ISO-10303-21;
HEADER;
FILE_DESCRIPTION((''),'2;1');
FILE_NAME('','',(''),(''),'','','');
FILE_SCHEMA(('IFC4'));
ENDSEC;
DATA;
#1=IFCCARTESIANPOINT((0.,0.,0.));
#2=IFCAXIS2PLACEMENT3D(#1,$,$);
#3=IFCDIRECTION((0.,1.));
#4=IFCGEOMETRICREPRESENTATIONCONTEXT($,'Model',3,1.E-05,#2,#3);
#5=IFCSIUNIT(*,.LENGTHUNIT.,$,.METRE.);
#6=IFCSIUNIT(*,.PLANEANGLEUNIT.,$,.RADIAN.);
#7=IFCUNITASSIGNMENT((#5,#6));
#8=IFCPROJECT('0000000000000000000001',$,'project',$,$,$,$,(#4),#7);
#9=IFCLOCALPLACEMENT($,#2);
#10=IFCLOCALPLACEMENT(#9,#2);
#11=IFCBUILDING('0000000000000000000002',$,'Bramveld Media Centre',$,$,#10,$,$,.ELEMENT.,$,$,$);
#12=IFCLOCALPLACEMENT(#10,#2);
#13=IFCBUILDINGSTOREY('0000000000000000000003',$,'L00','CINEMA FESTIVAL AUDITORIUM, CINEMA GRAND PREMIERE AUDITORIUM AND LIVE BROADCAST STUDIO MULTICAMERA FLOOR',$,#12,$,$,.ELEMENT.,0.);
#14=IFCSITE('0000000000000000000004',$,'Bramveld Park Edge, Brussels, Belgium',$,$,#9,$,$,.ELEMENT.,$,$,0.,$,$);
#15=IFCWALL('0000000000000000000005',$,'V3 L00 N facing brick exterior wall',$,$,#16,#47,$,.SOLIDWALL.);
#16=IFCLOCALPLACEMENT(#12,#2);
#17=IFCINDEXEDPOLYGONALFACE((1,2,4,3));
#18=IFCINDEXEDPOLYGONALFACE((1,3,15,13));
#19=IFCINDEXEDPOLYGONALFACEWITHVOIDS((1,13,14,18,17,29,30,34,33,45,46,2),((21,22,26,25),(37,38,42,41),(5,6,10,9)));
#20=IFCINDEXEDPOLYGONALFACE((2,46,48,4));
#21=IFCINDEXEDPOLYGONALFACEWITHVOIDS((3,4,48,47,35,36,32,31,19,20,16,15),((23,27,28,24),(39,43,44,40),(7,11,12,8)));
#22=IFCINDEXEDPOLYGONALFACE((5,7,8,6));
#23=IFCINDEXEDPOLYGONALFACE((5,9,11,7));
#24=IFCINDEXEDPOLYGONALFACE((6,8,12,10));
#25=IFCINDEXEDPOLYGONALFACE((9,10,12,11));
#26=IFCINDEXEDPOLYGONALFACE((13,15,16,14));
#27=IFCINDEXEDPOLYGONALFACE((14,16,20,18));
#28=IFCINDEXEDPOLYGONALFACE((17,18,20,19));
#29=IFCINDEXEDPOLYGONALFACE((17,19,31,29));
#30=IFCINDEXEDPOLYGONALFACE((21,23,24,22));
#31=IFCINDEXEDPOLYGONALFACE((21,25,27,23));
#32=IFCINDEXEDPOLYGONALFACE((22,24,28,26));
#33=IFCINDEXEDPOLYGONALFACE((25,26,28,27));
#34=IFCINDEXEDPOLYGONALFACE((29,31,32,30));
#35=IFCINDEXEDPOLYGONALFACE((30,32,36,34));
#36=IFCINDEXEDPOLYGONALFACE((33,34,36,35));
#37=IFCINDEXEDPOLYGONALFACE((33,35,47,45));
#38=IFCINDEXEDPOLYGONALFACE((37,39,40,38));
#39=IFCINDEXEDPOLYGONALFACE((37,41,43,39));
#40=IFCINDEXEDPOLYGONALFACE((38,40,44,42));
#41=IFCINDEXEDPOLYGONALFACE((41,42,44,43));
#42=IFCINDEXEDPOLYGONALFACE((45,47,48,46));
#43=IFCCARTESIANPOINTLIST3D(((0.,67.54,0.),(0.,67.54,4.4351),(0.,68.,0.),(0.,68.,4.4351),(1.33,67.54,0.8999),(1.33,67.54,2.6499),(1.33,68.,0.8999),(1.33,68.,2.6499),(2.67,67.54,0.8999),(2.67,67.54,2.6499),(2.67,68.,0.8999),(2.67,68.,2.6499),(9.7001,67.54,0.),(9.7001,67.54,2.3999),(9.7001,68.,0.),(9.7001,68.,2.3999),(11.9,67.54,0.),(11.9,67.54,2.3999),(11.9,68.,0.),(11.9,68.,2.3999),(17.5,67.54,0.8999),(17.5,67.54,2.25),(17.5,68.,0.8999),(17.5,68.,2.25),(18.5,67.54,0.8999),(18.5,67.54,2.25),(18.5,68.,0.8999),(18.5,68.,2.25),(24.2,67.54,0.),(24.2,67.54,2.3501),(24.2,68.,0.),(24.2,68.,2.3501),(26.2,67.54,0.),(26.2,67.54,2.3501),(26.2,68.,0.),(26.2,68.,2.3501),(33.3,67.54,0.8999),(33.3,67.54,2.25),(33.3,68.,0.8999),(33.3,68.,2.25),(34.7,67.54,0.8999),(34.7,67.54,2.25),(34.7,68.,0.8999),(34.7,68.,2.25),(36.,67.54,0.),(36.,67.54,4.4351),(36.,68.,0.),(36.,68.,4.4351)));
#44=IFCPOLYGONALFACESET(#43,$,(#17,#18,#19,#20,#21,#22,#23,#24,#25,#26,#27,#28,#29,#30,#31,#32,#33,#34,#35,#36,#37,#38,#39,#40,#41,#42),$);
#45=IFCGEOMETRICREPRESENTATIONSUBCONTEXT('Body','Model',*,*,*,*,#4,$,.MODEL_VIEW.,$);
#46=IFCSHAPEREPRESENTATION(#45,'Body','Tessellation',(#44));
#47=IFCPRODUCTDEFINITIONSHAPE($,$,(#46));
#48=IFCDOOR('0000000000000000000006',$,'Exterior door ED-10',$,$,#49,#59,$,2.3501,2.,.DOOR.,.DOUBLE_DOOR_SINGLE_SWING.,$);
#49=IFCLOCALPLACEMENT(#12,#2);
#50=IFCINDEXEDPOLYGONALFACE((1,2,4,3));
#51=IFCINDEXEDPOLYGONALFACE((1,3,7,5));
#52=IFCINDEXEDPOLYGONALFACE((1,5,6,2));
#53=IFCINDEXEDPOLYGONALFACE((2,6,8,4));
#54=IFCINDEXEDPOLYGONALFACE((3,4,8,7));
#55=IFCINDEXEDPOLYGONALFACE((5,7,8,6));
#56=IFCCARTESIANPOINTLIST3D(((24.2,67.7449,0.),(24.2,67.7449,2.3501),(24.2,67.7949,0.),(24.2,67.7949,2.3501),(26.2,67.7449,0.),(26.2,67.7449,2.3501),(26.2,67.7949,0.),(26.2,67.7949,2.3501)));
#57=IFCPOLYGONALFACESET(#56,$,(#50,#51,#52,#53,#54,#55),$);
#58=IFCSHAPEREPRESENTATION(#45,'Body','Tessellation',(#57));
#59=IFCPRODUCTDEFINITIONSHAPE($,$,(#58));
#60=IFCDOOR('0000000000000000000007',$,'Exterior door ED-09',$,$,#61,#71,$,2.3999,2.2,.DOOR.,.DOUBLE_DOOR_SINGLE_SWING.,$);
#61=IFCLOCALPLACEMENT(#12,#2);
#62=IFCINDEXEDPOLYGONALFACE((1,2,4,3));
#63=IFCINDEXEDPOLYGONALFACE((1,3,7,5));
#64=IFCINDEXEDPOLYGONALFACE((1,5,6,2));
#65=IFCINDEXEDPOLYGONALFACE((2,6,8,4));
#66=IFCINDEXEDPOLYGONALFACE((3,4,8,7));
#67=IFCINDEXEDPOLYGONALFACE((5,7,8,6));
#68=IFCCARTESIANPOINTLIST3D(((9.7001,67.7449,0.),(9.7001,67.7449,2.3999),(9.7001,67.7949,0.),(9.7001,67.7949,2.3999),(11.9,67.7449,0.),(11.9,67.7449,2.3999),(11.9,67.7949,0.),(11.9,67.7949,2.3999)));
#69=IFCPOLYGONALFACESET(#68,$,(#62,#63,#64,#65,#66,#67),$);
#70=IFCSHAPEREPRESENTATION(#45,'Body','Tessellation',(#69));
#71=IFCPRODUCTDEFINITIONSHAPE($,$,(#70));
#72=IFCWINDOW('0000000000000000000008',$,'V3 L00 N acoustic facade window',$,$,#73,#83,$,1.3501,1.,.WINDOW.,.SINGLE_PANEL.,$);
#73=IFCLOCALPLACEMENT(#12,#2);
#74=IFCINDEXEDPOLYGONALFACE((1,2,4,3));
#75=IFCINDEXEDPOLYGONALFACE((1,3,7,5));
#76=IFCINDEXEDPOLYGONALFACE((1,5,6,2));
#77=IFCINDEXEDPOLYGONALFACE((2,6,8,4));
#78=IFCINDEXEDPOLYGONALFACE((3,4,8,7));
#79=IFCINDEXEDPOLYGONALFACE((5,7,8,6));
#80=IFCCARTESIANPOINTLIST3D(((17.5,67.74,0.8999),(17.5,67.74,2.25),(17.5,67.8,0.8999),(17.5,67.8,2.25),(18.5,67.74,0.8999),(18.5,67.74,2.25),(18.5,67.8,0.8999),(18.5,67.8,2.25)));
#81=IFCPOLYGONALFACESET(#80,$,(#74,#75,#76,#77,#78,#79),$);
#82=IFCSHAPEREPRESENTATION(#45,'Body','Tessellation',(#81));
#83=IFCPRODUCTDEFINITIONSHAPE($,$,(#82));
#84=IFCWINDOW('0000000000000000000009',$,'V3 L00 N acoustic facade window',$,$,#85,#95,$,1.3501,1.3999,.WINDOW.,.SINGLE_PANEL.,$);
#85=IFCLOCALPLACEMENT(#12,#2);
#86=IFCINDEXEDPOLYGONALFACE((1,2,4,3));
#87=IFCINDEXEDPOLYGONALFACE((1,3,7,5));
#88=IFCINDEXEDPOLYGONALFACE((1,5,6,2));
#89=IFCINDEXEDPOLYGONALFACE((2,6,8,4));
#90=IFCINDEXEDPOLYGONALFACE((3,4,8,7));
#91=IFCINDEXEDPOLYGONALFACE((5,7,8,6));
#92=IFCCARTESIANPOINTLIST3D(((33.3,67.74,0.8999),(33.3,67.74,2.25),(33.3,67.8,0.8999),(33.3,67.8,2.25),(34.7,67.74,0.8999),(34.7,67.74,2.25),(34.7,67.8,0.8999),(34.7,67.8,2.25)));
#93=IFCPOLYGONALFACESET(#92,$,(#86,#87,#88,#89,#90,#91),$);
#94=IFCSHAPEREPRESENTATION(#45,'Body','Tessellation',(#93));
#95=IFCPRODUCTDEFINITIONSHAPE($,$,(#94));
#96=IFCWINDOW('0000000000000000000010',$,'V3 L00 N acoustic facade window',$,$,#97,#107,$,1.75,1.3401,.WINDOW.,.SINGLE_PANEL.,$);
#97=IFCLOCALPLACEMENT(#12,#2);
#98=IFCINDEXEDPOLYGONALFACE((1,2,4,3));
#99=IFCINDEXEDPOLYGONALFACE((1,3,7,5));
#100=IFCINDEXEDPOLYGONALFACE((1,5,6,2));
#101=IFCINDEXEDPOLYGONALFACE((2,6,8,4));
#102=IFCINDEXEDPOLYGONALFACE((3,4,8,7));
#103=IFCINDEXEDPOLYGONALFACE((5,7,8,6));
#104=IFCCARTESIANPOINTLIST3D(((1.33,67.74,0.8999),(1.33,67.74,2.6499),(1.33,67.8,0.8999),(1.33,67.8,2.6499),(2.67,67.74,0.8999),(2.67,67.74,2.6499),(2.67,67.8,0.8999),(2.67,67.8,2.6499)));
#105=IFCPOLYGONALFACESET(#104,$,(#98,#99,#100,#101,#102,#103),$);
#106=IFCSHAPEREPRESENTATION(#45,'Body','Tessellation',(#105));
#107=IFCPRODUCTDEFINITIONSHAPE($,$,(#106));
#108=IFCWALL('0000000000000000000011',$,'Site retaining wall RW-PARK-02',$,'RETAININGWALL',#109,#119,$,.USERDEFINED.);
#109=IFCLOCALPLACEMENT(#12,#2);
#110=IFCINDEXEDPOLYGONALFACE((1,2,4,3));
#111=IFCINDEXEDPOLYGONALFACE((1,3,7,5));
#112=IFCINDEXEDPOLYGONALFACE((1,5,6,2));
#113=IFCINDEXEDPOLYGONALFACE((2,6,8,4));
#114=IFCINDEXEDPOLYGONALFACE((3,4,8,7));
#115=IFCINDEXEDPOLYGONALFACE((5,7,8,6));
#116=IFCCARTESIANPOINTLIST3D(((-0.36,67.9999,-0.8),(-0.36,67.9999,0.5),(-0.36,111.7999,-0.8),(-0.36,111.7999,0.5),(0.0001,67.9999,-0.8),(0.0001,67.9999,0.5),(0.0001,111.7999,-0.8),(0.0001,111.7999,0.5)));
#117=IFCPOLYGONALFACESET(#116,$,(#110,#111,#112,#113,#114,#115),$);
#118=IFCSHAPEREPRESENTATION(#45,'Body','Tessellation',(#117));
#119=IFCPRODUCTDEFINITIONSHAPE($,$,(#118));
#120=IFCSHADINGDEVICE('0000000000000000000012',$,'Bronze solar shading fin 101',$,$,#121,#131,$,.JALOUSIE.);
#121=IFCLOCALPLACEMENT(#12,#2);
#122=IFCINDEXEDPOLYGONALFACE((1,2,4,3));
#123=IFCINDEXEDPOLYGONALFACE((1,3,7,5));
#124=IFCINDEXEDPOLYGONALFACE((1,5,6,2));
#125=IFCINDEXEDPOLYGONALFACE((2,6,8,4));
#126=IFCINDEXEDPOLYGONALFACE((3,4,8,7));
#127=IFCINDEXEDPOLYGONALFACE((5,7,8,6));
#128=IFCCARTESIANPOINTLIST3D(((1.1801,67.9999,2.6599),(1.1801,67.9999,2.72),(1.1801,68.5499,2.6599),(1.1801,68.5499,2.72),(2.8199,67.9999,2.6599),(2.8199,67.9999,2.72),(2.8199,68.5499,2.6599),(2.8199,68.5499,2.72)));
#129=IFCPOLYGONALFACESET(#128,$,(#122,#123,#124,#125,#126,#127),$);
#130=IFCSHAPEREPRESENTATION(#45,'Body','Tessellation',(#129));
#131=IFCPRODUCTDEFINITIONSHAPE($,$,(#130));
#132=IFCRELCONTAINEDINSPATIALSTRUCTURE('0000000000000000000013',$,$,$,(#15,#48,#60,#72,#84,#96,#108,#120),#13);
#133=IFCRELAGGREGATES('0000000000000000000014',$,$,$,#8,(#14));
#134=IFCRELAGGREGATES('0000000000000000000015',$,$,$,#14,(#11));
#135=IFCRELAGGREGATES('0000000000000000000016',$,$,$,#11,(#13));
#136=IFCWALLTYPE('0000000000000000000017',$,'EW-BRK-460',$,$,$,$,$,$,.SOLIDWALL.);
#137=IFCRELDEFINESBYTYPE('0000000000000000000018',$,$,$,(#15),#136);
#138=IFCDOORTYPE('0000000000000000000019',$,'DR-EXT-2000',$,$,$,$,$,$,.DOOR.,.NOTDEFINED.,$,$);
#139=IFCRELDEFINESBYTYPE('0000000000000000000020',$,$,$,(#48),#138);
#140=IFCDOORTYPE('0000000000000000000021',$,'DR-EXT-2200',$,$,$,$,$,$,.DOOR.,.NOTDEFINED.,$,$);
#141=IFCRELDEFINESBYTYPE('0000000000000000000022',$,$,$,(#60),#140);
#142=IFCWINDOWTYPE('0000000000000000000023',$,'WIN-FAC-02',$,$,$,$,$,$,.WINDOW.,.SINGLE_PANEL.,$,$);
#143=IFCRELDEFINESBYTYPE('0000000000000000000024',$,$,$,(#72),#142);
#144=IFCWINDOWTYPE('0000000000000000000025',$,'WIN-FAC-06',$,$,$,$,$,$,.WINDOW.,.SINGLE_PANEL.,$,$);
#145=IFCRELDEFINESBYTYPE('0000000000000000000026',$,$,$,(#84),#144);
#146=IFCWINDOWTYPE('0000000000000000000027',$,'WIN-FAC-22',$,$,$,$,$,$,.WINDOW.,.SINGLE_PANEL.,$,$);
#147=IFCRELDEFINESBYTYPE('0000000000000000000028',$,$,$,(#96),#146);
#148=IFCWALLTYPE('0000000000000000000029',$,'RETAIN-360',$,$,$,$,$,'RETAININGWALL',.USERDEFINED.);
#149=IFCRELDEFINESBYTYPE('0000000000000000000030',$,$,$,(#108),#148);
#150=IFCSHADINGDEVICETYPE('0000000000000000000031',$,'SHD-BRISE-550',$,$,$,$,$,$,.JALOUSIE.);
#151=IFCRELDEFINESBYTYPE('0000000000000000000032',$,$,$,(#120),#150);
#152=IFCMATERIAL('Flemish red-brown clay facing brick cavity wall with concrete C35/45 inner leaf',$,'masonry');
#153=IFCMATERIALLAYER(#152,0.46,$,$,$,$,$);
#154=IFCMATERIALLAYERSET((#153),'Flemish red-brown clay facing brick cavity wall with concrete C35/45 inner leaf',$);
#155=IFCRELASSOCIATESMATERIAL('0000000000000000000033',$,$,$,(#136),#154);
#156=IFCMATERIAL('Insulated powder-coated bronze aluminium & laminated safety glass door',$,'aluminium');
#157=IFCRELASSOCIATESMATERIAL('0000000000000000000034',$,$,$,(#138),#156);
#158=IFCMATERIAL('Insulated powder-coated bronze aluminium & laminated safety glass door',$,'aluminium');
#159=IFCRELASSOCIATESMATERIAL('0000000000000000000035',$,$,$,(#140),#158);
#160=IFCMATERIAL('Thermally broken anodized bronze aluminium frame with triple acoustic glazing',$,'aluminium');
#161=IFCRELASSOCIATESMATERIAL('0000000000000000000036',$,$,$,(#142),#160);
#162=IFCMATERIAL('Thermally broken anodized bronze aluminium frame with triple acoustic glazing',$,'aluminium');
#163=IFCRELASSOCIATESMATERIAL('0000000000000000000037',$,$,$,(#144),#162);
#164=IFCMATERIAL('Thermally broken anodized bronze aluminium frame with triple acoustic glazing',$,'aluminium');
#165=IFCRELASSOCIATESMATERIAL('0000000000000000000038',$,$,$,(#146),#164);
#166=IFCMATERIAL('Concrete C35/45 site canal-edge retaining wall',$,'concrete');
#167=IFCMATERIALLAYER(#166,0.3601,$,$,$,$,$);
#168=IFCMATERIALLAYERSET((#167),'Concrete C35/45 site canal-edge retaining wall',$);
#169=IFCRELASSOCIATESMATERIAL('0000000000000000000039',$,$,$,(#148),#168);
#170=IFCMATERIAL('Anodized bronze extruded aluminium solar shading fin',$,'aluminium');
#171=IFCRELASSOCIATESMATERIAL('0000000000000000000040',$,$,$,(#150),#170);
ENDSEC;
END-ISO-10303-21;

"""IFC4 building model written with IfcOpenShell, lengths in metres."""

from ifc_helpers import new_model, si_unit, direction, frame, frame_2d, origin, origin_2d, place, context, subcontext, project, spatial, rectangle, extrude, material, layer, layer_set, type_object, element, fill, save


model = new_model("IFC4")

# Units and contexts
model_context = context("Model", 3, precision=1e-05, world=origin(), true_north=direction((0.0, 1.0)))
body_context = subcontext(model_context, "Body", "Model", "MODEL_VIEW")
ifc_project = project(units=[si_unit("LENGTHUNIT", "METRE"), si_unit("PLANEANGLEUNIT", "RADIAN")], contexts=[model_context])

# Site, building, storey
site_placement = place(None, origin())
site = spatial("IfcSite", under=ifc_project, at=site_placement, Name="Bramveld Park Edge, Brussels, Belgium", CompositionType="ELEMENT", RefElevation=0.0)
building_placement = place(site_placement, origin())
building = spatial("IfcBuilding", under=site, at=building_placement, Name="Bramveld Media Centre", CompositionType="ELEMENT")
storey_placement = place(building_placement, origin())
storey = spatial("IfcBuildingStorey", under=building, at=storey_placement, Name="L00", Description="CINEMA FESTIVAL AUDITORIUM, CINEMA GRAND PREMIERE AUDITORIUM AND LIVE BROADCAST STUDIO MULTICAMERA FLOOR", CompositionType="ELEMENT", Elevation=0.0)

# Wall, openings, doors, windows
ifc_material_1 = material(Name="Flemish red-brown clay facing brick cavity wall with concrete C35/45 inner leaf", Category="masonry")
ifc_layer_1 = layer(ifc_material_1, 0.46)
ifc_layer_set_1 = layer_set([ifc_layer_1], Name="Flemish red-brown clay facing brick cavity wall with concrete C35/45 inner leaf")
wall_type_1 = type_object("IfcWallType", Name="EW-BRK-460", PredefinedType="SOLIDWALL", material=ifc_layer_set_1)
wall_1_placement = place(storey_placement, frame((0.0, 67.77, 0.0), z_axis=(0.0, 0.0, 1.0), x_axis=(1.0, 0.0, 0.0)))
wall_1 = element("IfcWall", 1, at=wall_1_placement, inside=storey, type_object=wall_type_1, Name="V3 L00 N facing brick exterior wall", PredefinedType="SOLIDWALL", context=body_context, shape_type="SweptSolid", body=[
    extrude(rectangle(XDim=36.0, YDim=0.46, at=frame_2d((18.0, 0.0))), origin(), (0.0, 0.0, 1.0), 4.4351),
])
opening_1_placement = place(wall_1_placement, frame((9.7, 0.0, 0.0)))
opening_1 = element("IfcOpeningElement", 2, at=opening_1_placement, cuts=wall_1, PredefinedType="OPENING", context=body_context, shape_type="SweptSolid", body=[
    extrude(rectangle(XDim=2.2, YDim=2.3999, at=frame_2d((1.1001, 1.2))), frame((0.0, 0.2419, 0.0), z_axis=(0.0, -1.0, 0.0), x_axis=(1.0, 0.0, 0.0)), (0.0, 0.0, 1.0), 0.4839),
])
opening_2_placement = place(wall_1_placement, frame((24.2, 0.0, 0.0)))
opening_2 = element("IfcOpeningElement", 3, at=opening_2_placement, cuts=wall_1, PredefinedType="OPENING", context=body_context, shape_type="SweptSolid", body=[
    extrude(rectangle(XDim=2.0, YDim=2.3501, at=frame_2d((1.0, 1.175))), frame((0.0, 0.2419, 0.0), z_axis=(0.0, -1.0, 0.0), x_axis=(1.0, 0.0, 0.0)), (0.0, 0.0, 1.0), 0.4839),
])
opening_3_placement = place(wall_1_placement, frame((1.3301, 0.0, 0.8999)))
opening_3 = element("IfcOpeningElement", 4, at=opening_3_placement, cuts=wall_1, PredefinedType="OPENING", context=body_context, shape_type="SweptSolid", body=[
    extrude(rectangle(XDim=1.3401, YDim=1.75, at=frame_2d((0.6699, 0.875))), frame((0.0, 0.2419, 0.0), z_axis=(0.0, -1.0, 0.0), x_axis=(1.0, 0.0, 0.0)), (0.0, 0.0, 1.0), 0.4839),
])
opening_4_placement = place(wall_1_placement, frame((17.5, 0.0, 0.8999)))
opening_4 = element("IfcOpeningElement", 5, at=opening_4_placement, cuts=wall_1, PredefinedType="OPENING", context=body_context, shape_type="SweptSolid", body=[
    extrude(rectangle(XDim=1.0, YDim=1.3501, at=frame_2d((0.5, 0.675))), frame((0.0, 0.2419, 0.0), z_axis=(0.0, -1.0, 0.0), x_axis=(1.0, 0.0, 0.0)), (0.0, 0.0, 1.0), 0.4839),
])
opening_5_placement = place(wall_1_placement, frame((33.3, 0.0, 0.8999)))
opening_5 = element("IfcOpeningElement", 6, at=opening_5_placement, cuts=wall_1, PredefinedType="OPENING", context=body_context, shape_type="SweptSolid", body=[
    extrude(rectangle(XDim=1.3999, YDim=1.3501, at=frame_2d((0.7, 0.675))), frame((0.0, 0.2419, 0.0), z_axis=(0.0, -1.0, 0.0), x_axis=(1.0, 0.0, 0.0)), (0.0, 0.0, 1.0), 0.4839),
])
ifc_material_2 = material(Name="Insulated powder-coated bronze aluminium & laminated safety glass door", Category="aluminium")
door_type_1 = type_object("IfcDoorType", Name="DR-EXT-2000", OperationType="NOTDEFINED", PredefinedType="DOOR", material=ifc_material_2)
door_1_placement = place(opening_2_placement, origin())
door_1 = element("IfcDoor", 7, at=door_1_placement, inside=storey, type_object=door_type_1, Name="Exterior door ED-10", OperationType="DOUBLE_DOOR_SINGLE_SWING", OverallHeight=2.3501, OverallWidth=2.0, PredefinedType="DOOR", context=body_context, shape_type="SweptSolid", body=[
    extrude(rectangle(XDim=2.0, YDim=2.3501, at=frame_2d((1.0, 1.175))), frame((0.0, 0.0249, 0.0), z_axis=(0.0, -1.0, 0.0), x_axis=(1.0, 0.0, 0.0)), (0.0, 0.0, 1.0), 0.05),
])
fill(opening_2, door_1)
ifc_material_3 = material(Name="Insulated powder-coated bronze aluminium & laminated safety glass door", Category="aluminium")
door_type_2 = type_object("IfcDoorType", Name="DR-EXT-2200", OperationType="NOTDEFINED", PredefinedType="DOOR", material=ifc_material_3)
door_2_placement = place(opening_1_placement, origin())
door_2 = element("IfcDoor", 8, at=door_2_placement, inside=storey, type_object=door_type_2, Name="Exterior door ED-09", OperationType="DOUBLE_DOOR_SINGLE_SWING", OverallHeight=2.3999, OverallWidth=2.2, PredefinedType="DOOR", context=body_context, shape_type="SweptSolid", body=[
    extrude(rectangle(XDim=2.2, YDim=2.3999, at=frame_2d((1.1001, 1.2))), frame((0.0, 0.0249, 0.0), z_axis=(0.0, -1.0, 0.0), x_axis=(1.0, 0.0, 0.0)), (0.0, 0.0, 1.0), 0.05),
])
fill(opening_1, door_2)
ifc_material_4 = material(Name="Thermally broken anodized bronze aluminium frame with triple acoustic glazing", Category="aluminium")
window_type_1 = type_object("IfcWindowType", Name="WIN-FAC-02", PartitioningType="SINGLE_PANEL", PredefinedType="WINDOW", material=ifc_material_4)
window_1_placement = place(opening_4_placement, origin())
window_1 = element("IfcWindow", 9, at=window_1_placement, inside=storey, type_object=window_type_1, Name="V3 L00 N acoustic facade window", OverallHeight=1.3501, OverallWidth=1.0, PartitioningType="SINGLE_PANEL", PredefinedType="WINDOW", context=body_context, shape_type="SweptSolid", body=[
    extrude(rectangle(XDim=1.0, YDim=1.3501, at=frame_2d((0.5, 0.675))), frame((0.0, 0.03, 0.0), z_axis=(0.0, -1.0, 0.0), x_axis=(1.0, 0.0, 0.0)), (0.0, 0.0, 1.0), 0.0601),
])
fill(opening_4, window_1)
ifc_material_5 = material(Name="Thermally broken anodized bronze aluminium frame with triple acoustic glazing", Category="aluminium")
window_type_2 = type_object("IfcWindowType", Name="WIN-FAC-06", PartitioningType="SINGLE_PANEL", PredefinedType="WINDOW", material=ifc_material_5)
window_2_placement = place(opening_5_placement, origin())
window_2 = element("IfcWindow", 10, at=window_2_placement, inside=storey, type_object=window_type_2, Name="V3 L00 N acoustic facade window", OverallHeight=1.3501, OverallWidth=1.3999, PartitioningType="SINGLE_PANEL", PredefinedType="WINDOW", context=body_context, shape_type="SweptSolid", body=[
    extrude(rectangle(XDim=1.3999, YDim=1.3501, at=frame_2d((0.7, 0.675))), frame((0.0, 0.03, 0.0), z_axis=(0.0, -1.0, 0.0), x_axis=(1.0, 0.0, 0.0)), (0.0, 0.0, 1.0), 0.0601),
])
fill(opening_5, window_2)
ifc_material_6 = material(Name="Thermally broken anodized bronze aluminium frame with triple acoustic glazing", Category="aluminium")
window_type_3 = type_object("IfcWindowType", Name="WIN-FAC-22", PartitioningType="SINGLE_PANEL", PredefinedType="WINDOW", material=ifc_material_6)
window_3_placement = place(opening_3_placement, origin())
window_3 = element("IfcWindow", 11, at=window_3_placement, inside=storey, type_object=window_type_3, Name="V3 L00 N acoustic facade window", OverallHeight=1.75, OverallWidth=1.3401, PartitioningType="SINGLE_PANEL", PredefinedType="WINDOW", context=body_context, shape_type="SweptSolid", body=[
    extrude(rectangle(XDim=1.3401, YDim=1.75, at=frame_2d((0.6699, 0.875))), frame((0.0, 0.03, 0.0), z_axis=(0.0, -1.0, 0.0), x_axis=(1.0, 0.0, 0.0)), (0.0, 0.0, 1.0), 0.0601),
])
fill(opening_3, window_3)

# Wall
ifc_material_7 = material(Name="Concrete C35/45 site canal-edge retaining wall", Category="concrete")
ifc_layer_2 = layer(ifc_material_7, 0.3601)
ifc_layer_set_2 = layer_set([ifc_layer_2], Name="Concrete C35/45 site canal-edge retaining wall")
wall_type_2 = type_object("IfcWallType", Name="RETAIN-360", ElementType="RETAININGWALL", PredefinedType="USERDEFINED", material=ifc_layer_set_2)
wall_2_placement = place(storey_placement, frame((-0.1799, 68.0, -0.8), z_axis=(0.0, 0.0, 1.0), x_axis=(0.0, 1.0, 0.0)))
element("IfcWall", 12, at=wall_2_placement, inside=storey, type_object=wall_type_2, Name="Site retaining wall RW-PARK-02", ObjectType="RETAININGWALL", PredefinedType="USERDEFINED", context=body_context, shape_type="SweptSolid", body=[
    extrude(rectangle(XDim=43.8, YDim=0.3601, at=frame_2d((21.8999, 0.0))), origin(), (0.0, 0.0, 1.0), 1.3),
])

# Shading device
ifc_material_8 = material(Name="Anodized bronze extruded aluminium solar shading fin", Category="aluminium")
shading_device_type = type_object("IfcShadingDeviceType", Name="SHD-BRISE-550", PredefinedType="JALOUSIE", material=ifc_material_8)
shading_device_placement = place(storey_placement, frame((2.0, 68.2749, 2.6599), z_axis=(0.0, 0.0, 1.0), x_axis=(1.0, 0.0, 0.0)))
element("IfcShadingDevice", 13, at=shading_device_placement, inside=storey, type_object=shading_device_type, Name="Bronze solar shading fin 101", PredefinedType="JALOUSIE", context=body_context, shape_type="SweptSolid", body=[
    extrude(rectangle(XDim=1.6399, YDim=0.55, at=origin_2d()), origin(), (0.0, 0.0, 1.0), 0.0601),
])

save(model, "model.ifc")
